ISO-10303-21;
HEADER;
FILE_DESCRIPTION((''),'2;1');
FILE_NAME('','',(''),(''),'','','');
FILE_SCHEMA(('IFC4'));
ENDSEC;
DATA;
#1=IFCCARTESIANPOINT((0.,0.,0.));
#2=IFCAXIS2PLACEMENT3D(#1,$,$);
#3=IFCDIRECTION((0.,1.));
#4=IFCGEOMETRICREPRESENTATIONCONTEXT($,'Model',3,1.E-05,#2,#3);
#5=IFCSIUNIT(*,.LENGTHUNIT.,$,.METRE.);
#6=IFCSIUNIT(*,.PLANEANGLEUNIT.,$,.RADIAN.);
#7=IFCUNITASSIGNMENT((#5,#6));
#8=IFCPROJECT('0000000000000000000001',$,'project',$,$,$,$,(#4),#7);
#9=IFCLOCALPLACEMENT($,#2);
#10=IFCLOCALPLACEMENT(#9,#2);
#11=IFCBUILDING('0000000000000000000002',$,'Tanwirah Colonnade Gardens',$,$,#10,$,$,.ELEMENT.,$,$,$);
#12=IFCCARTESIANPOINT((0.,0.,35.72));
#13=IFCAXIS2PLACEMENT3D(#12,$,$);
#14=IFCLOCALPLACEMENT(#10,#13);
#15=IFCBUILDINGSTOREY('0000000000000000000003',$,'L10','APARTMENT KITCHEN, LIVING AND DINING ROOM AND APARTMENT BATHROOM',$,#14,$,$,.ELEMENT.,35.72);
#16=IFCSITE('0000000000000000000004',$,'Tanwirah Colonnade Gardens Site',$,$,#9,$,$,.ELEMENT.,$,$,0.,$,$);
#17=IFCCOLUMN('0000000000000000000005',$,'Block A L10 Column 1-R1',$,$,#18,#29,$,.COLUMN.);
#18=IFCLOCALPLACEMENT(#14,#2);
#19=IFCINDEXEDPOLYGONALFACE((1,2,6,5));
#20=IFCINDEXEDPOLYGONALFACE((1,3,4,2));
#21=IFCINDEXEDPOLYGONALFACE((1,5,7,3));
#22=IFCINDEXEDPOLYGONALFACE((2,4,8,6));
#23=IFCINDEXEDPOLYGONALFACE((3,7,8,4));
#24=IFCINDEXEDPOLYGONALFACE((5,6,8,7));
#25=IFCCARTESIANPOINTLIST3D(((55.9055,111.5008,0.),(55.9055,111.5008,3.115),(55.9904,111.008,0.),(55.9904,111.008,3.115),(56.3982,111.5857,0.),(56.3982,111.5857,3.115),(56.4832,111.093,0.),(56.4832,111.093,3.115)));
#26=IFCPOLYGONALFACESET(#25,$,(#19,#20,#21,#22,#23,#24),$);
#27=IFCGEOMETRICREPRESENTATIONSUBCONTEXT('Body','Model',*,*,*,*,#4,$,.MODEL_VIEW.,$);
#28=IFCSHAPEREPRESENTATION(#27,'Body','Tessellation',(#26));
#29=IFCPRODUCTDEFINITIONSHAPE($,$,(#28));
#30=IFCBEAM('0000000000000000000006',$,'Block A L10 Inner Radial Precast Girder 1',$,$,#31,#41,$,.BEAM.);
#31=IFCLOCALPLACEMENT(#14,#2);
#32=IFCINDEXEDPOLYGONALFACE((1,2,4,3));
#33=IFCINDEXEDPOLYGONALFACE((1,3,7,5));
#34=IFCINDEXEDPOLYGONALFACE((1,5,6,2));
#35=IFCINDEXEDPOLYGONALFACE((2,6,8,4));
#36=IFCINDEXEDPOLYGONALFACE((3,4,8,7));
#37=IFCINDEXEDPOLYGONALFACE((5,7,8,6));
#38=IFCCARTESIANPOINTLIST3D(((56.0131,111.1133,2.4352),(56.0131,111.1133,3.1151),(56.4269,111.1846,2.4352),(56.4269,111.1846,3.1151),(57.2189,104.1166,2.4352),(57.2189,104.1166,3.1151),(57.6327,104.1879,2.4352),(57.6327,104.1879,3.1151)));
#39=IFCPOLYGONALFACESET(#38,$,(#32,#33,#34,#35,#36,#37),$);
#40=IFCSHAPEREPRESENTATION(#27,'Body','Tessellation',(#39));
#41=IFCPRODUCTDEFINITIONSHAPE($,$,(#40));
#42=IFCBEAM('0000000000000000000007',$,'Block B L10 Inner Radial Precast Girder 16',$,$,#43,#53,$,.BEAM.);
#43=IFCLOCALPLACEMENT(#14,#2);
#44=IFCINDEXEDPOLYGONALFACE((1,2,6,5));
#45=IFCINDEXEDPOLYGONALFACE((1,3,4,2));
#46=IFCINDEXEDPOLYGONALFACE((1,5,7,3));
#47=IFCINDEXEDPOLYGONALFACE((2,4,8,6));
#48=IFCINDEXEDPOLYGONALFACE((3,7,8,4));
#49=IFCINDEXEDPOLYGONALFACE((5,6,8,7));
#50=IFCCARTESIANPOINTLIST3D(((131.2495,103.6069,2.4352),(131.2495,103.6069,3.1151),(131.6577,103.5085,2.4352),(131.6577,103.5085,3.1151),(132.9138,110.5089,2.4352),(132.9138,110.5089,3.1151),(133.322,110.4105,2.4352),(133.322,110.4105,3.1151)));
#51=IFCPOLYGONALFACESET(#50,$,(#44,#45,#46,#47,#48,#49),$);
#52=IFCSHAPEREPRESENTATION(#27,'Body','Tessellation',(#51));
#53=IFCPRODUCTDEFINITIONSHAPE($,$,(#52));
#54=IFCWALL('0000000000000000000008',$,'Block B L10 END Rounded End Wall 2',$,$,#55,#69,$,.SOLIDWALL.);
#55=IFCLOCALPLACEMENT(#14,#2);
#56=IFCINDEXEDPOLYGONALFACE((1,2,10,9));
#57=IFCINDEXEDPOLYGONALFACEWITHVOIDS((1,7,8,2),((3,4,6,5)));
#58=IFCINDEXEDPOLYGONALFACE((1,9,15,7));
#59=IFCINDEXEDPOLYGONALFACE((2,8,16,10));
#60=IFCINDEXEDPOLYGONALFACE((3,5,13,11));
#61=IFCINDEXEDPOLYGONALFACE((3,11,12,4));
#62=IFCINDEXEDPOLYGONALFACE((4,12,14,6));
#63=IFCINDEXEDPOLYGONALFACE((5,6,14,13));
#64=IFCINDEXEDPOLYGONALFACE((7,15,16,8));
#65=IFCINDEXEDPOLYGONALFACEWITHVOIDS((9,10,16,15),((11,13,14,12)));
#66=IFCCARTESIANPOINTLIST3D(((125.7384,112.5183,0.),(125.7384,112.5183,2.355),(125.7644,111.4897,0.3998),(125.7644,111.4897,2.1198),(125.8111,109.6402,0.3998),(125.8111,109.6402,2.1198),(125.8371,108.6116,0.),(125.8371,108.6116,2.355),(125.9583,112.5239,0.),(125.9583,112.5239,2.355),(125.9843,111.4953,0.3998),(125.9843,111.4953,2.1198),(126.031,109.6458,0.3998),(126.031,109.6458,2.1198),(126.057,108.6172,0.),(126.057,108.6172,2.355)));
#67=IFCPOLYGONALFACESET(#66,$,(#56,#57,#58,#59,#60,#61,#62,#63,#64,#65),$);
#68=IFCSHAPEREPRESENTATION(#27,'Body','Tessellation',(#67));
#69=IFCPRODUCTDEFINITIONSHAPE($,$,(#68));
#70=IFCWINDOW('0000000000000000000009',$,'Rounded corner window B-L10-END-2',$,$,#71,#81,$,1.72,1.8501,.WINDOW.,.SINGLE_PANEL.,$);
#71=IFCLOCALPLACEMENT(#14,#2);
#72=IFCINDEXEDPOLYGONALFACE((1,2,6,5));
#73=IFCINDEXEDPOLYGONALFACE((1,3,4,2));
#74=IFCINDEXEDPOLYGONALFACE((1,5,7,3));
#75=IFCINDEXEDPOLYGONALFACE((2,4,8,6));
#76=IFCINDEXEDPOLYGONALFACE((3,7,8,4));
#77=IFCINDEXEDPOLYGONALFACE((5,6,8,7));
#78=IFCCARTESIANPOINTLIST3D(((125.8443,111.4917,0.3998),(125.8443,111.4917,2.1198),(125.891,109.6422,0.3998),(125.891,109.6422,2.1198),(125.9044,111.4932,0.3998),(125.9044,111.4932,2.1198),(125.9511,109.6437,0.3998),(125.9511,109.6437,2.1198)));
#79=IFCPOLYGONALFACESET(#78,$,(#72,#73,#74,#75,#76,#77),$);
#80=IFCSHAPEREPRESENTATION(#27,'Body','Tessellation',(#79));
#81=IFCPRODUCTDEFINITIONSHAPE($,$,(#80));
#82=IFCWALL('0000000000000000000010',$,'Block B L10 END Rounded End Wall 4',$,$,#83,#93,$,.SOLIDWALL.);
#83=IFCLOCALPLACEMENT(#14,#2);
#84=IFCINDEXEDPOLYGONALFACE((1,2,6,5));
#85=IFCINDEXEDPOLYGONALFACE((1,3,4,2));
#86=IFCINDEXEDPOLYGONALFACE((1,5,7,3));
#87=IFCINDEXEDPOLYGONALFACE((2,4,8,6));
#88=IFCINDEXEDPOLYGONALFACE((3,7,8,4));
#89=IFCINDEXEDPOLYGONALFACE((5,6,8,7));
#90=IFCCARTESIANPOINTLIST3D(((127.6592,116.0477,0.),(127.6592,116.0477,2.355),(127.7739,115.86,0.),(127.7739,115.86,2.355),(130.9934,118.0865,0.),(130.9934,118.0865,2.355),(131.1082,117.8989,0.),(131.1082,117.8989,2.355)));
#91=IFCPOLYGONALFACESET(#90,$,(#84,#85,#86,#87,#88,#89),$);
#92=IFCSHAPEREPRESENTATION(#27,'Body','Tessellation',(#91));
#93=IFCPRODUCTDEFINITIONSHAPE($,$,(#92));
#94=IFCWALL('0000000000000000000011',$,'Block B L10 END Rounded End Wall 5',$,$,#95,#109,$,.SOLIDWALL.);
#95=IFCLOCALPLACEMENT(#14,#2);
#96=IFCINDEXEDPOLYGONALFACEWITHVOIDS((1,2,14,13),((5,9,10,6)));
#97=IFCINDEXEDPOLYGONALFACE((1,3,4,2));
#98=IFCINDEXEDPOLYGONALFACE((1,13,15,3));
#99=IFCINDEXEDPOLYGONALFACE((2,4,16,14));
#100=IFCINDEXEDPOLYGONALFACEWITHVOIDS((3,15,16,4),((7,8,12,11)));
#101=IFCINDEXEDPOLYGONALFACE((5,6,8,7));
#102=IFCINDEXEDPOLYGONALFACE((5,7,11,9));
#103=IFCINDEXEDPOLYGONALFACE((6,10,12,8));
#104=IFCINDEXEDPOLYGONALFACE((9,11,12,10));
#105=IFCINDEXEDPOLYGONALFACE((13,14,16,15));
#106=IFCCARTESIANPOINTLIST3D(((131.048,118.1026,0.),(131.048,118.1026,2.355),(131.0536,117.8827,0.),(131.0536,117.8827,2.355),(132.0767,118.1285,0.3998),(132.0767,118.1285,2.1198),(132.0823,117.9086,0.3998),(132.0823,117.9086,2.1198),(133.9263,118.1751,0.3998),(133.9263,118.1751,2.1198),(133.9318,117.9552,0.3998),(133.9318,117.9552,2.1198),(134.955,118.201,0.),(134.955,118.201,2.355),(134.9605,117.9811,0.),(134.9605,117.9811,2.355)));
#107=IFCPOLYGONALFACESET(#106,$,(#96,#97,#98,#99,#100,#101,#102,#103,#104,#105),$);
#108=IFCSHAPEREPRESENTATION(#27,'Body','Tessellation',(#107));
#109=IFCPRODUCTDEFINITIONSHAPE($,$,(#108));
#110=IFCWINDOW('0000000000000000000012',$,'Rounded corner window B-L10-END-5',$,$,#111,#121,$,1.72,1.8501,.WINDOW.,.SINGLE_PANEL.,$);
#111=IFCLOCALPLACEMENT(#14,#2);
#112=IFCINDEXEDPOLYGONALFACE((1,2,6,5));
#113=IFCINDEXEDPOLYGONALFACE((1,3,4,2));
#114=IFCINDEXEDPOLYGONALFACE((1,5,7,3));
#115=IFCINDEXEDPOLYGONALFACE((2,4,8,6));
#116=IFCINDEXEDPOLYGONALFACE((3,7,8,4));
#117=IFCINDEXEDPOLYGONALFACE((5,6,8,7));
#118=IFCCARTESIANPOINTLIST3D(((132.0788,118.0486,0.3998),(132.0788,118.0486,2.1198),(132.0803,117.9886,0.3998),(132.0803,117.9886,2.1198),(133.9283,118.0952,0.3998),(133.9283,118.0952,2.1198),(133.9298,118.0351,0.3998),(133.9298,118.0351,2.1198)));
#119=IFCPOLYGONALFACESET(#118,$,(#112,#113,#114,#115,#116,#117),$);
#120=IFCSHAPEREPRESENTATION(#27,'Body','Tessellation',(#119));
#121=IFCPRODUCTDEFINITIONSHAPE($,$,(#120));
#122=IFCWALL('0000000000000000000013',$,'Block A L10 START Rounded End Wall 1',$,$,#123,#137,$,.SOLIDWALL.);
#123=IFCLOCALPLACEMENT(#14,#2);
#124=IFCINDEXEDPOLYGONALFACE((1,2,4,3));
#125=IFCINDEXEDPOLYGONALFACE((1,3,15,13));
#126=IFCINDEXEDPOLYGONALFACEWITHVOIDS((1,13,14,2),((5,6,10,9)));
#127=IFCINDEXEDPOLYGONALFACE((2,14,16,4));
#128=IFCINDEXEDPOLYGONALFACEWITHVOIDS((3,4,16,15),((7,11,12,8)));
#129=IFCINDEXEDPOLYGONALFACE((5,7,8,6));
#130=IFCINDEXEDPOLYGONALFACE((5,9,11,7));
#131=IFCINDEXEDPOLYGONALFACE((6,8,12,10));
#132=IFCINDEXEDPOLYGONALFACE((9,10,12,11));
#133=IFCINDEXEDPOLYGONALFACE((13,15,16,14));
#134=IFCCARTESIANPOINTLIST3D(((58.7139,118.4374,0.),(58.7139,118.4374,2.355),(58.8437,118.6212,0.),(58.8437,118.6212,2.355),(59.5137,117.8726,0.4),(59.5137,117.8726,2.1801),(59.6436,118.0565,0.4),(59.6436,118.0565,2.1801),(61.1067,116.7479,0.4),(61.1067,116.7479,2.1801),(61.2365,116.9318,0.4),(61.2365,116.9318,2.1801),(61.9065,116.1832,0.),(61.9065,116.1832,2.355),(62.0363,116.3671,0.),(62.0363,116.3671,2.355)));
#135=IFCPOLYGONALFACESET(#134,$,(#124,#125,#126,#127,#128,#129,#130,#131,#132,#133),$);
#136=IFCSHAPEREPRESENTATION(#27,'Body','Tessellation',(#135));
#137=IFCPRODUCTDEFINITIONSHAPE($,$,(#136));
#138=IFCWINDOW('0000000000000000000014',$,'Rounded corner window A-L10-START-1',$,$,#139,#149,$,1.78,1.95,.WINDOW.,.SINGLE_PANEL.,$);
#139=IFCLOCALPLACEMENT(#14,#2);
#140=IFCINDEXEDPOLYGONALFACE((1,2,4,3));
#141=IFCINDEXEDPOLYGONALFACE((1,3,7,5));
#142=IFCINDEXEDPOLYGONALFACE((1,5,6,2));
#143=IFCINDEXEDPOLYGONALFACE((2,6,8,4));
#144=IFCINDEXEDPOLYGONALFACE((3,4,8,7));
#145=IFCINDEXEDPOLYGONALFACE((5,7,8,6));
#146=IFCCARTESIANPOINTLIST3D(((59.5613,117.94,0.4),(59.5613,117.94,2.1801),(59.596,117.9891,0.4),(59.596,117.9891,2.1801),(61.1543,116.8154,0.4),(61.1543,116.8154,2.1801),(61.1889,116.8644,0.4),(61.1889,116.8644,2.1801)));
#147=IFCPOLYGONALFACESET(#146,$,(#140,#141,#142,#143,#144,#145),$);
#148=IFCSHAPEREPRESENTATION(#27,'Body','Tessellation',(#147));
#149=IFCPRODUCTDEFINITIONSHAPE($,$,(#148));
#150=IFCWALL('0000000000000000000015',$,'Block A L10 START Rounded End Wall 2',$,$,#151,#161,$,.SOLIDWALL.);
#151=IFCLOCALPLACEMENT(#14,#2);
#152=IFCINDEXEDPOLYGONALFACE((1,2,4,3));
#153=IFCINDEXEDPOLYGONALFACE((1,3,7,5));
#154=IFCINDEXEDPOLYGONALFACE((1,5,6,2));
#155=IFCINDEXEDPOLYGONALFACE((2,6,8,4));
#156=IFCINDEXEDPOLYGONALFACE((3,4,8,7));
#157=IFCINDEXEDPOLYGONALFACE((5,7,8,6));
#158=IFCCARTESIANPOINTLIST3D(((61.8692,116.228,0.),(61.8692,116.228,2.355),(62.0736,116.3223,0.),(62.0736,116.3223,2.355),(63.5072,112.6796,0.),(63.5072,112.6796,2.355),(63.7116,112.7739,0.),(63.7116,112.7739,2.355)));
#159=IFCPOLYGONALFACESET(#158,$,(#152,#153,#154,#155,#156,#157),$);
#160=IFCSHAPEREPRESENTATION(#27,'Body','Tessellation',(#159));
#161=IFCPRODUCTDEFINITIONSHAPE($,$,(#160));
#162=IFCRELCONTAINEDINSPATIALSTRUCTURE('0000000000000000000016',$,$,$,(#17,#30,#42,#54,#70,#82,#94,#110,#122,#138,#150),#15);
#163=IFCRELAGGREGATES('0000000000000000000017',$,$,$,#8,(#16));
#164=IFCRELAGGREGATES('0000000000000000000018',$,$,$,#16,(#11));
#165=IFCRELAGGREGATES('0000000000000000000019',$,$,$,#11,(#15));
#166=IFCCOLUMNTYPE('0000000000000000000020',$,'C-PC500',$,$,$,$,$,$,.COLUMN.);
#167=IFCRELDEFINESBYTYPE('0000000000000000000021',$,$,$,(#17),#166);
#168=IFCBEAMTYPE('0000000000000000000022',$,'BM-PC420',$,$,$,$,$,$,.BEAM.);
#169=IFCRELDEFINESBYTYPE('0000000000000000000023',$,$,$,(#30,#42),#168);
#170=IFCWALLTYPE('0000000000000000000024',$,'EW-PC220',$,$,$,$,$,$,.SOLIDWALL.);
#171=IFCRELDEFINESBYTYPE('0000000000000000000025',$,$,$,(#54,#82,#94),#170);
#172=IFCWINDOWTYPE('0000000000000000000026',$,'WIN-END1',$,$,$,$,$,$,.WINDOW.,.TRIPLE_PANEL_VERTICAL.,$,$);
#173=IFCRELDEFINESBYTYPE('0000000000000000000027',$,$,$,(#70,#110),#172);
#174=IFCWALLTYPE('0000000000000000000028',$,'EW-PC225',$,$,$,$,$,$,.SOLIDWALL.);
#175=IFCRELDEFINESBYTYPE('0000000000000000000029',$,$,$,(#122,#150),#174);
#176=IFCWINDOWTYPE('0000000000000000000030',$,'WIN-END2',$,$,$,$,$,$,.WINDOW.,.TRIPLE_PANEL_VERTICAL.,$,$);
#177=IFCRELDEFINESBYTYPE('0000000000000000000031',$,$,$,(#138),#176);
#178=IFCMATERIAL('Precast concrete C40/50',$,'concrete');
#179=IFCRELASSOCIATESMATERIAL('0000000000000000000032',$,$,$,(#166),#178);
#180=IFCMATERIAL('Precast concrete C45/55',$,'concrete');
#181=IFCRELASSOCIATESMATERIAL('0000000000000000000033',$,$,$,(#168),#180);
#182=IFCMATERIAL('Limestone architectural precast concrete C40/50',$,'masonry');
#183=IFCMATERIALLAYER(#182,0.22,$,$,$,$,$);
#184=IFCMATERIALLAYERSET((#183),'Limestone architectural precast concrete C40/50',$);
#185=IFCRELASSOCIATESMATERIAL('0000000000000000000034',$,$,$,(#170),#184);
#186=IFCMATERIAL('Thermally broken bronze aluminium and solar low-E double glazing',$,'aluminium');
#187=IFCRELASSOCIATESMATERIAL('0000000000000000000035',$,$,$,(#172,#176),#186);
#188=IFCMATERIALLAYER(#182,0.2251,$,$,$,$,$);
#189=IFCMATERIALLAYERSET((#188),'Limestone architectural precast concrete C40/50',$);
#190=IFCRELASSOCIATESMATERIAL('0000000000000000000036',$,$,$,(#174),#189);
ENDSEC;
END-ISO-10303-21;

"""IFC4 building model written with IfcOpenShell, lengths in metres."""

from ifc_helpers import new_model, si_unit, direction, frame, frame_2d, origin, origin_2d, place, context, subcontext, project, spatial, rectangle, extrude, material, layer, layer_set, material_profile, profile_set, type_object, element, fill, save


model = new_model("IFC4")

# Units and contexts
model_context = context("Model", 3, precision=1e-05, world=origin(), true_north=direction((0.0, 1.0)))
body_context = subcontext(model_context, "Body", "Model", "MODEL_VIEW")
ifc_project = project(units=[si_unit("LENGTHUNIT", "METRE"), si_unit("PLANEANGLEUNIT", "RADIAN")], contexts=[model_context])

# Site, building, storey
site_placement = place(None, origin())
site = spatial("IfcSite", under=ifc_project, at=site_placement, Name="Tanwirah Colonnade Gardens Site", CompositionType="ELEMENT", RefElevation=0.0)
building_placement = place(site_placement, origin())
building = spatial("IfcBuilding", under=site, at=building_placement, Name="Tanwirah Colonnade Gardens", CompositionType="ELEMENT")
storey_placement = place(building_placement, frame((0.0, 0.0, 35.72)))
storey = spatial("IfcBuildingStorey", under=building, at=storey_placement, Name="L10", Description="APARTMENT KITCHEN, LIVING AND DINING ROOM AND APARTMENT BATHROOM", CompositionType="ELEMENT", Elevation=35.72)

# Column
ifc_material_1 = material(Name="Precast concrete C40/50", Category="concrete")
ifc_material_profile_1 = material_profile(ifc_material_1, rectangle(XDim=0.5, YDim=0.5, at=origin_2d()), Name="PC-COL 500x500")
ifc_profile_set_1 = profile_set([ifc_material_profile_1], Name="Precast concrete C40/50")
column_type = type_object("IfcColumnType", Name="C-PC500", PredefinedType="COLUMN", material=ifc_profile_set_1)
column_placement = place(storey_placement, frame((56.1943, 111.2969, 0.0), z_axis=(0.0, 0.0, 1.0), x_axis=(-0.169827, 0.985474, 0.0)))
element("IfcColumn", 1, at=column_placement, inside=storey, type_object=column_type, Name="Block A L10 Column 1-R1", PredefinedType="COLUMN", context=body_context, shape_type="SweptSolid", body=[
    extrude(rectangle(XDim=0.5, YDim=0.5, at=origin_2d()), origin(), (0.0, 0.0, 1.0), 3.115),
])

# Beams
ifc_material_2 = material(Name="Precast concrete C45/55", Category="concrete")
ifc_material_profile_2 = material_profile(ifc_material_2, rectangle(XDim=0.4199, YDim=0.6799, at=origin_2d()), Name="PC-BM 420x680")
ifc_profile_set_2 = profile_set([ifc_material_profile_2], Name="Precast concrete C45/55")
beam_type = type_object("IfcBeamType", Name="BM-PC420", PredefinedType="BEAM", material=ifc_profile_set_2)
for number, where, z_axis, x_axis, name in (
    (2, (56.22, 111.1489, 2.7751), (0.169833, -0.985473, 0.0), (0.985473, 0.169833, 0.0), "Block A L10 Inner Radial Precast Girder 1"),
    (3, (133.1179, 110.4597, 2.7751), (-0.234412, -0.972137, 0.0), (0.972137, -0.234412, 0.0), "Block B L10 Inner Radial Precast Girder 16"),
):
    element("IfcBeam", number, at=place(storey_placement, frame(where, z_axis=z_axis, x_axis=x_axis)), inside=storey, type_object=beam_type, Name=name, PredefinedType="BEAM", context=body_context, shape_type="SweptSolid", body=[
        extrude(rectangle(XDim=0.4199, YDim=0.6799, at=origin_2d()), origin(), (0.0, 0.0, 1.0), 7.0999),
    ])

# Wall, opening, window
ifc_material_3 = material(Name="Limestone architectural precast concrete C40/50", Category="masonry")
ifc_layer_1 = layer(ifc_material_3, 0.22)
ifc_layer_set_1 = layer_set([ifc_layer_1], Name="Limestone architectural precast concrete C40/50")
wall_type_1 = type_object("IfcWallType", Name="EW-PC220", PredefinedType="SOLIDWALL", material=ifc_layer_set_1)
wall_1_placement = place(storey_placement, frame((125.947, 108.6143, 0.0), z_axis=(0.0, 0.0, 1.0), x_axis=(-0.025239, 0.999681, 0.0)))
wall_1 = element("IfcWall", 4, at=wall_1_placement, inside=storey, type_object=wall_type_1, Name="Block B L10 END Rounded End Wall 2", PredefinedType="SOLIDWALL", context=body_context, shape_type="SweptSolid", body=[
    extrude(rectangle(XDim=3.908, YDim=0.22, at=frame_2d((1.9541, 0.0))), origin(), (0.0, 0.0, 1.0), 2.355),
])
opening_1_placement = place(wall_1_placement, frame((1.0291, 0.0, 0.3999)))
opening_1 = element("IfcOpeningElement", 5, at=opening_1_placement, cuts=wall_1, PredefinedType="OPENING", context=body_context, shape_type="SweptSolid", body=[
    extrude(rectangle(XDim=1.8501, YDim=1.72, at=frame_2d((0.925, 0.8599))), frame((0.0, 0.1199, 0.0), z_axis=(0.0, -1.0, 0.0), x_axis=(1.0, 0.0, 0.0)), (0.0, 0.0, 1.0), 0.24),
])
ifc_material_4 = material(Name="Thermally broken bronze aluminium and solar low-E double glazing", Category="aluminium")
window_type_1 = type_object("IfcWindowType", Name="WIN-END1", PartitioningType="TRIPLE_PANEL_VERTICAL", PredefinedType="WINDOW", material=ifc_material_4)
window_1_placement = place(opening_1_placement, origin())
window_1 = element("IfcWindow", 6, at=window_1_placement, inside=storey, type_object=window_type_1, Name="Rounded corner window B-L10-END-2", OverallHeight=1.72, OverallWidth=1.8501, PartitioningType="SINGLE_PANEL", PredefinedType="WINDOW", context=body_context, shape_type="SweptSolid", body=[
    extrude(rectangle(XDim=1.8501, YDim=1.72, at=frame_2d((0.925, 0.8599))), frame((0.0, 0.03, 0.0), z_axis=(0.0, -1.0, 0.0), x_axis=(1.0, 0.0, 0.0)), (0.0, 0.0, 1.0), 0.0601),
])
fill(opening_1, window_1)

# Wall
wall_2_placement = place(storey_placement, frame((127.7166, 115.9539, 0.0), z_axis=(0.0, 0.0, 1.0), x_axis=(0.853141, 0.52168, 0.0)))
element("IfcWall", 7, at=wall_2_placement, inside=storey, type_object=wall_type_1, Name="Block B L10 END Rounded End Wall 4", PredefinedType="SOLIDWALL", context=body_context, shape_type="SweptSolid", body=[
    extrude(rectangle(XDim=3.9082, YDim=0.22, at=frame_2d((1.9541, 0.0))), origin(), (0.0, 0.0, 1.0), 2.355),
])

# Walls, openings, windows
wall_3_placement = place(storey_placement, frame((131.0508, 117.9927, 0.0), z_axis=(0.0, 0.0, 1.0), x_axis=(0.999683, 0.025175, 0.0)))
wall_3 = element("IfcWall", 8, at=wall_3_placement, inside=storey, type_object=wall_type_1, Name="Block B L10 END Rounded End Wall 5", PredefinedType="SOLIDWALL", context=body_context, shape_type="SweptSolid", body=[
    extrude(rectangle(XDim=3.9082, YDim=0.22, at=frame_2d((1.9541, 0.0))), origin(), (0.0, 0.0, 1.0), 2.355),
])
opening_2_placement = place(wall_3_placement, frame((1.0291, 0.0, 0.3999)))
opening_2 = element("IfcOpeningElement", 9, at=opening_2_placement, cuts=wall_3, PredefinedType="OPENING", context=body_context, shape_type="SweptSolid", body=[
    extrude(rectangle(XDim=1.8501, YDim=1.72, at=frame_2d((0.925, 0.8599))), frame((0.0, 0.1199, 0.0), z_axis=(0.0, -1.0, 0.0), x_axis=(1.0, 0.0, 0.0)), (0.0, 0.0, 1.0), 0.24),
])
window_2_placement = place(opening_2_placement, origin())
window_2 = element("IfcWindow", 10, at=window_2_placement, inside=storey, type_object=window_type_1, Name="Rounded corner window B-L10-END-5", OverallHeight=1.72, OverallWidth=1.8501, PartitioningType="SINGLE_PANEL", PredefinedType="WINDOW", context=body_context, shape_type="SweptSolid", body=[
    extrude(rectangle(XDim=1.8501, YDim=1.72, at=frame_2d((0.925, 0.8599))), frame((0.0, 0.03, 0.0), z_axis=(0.0, -1.0, 0.0), x_axis=(1.0, 0.0, 0.0)), (0.0, 0.0, 1.0), 0.0601),
])
fill(opening_2, window_2)
ifc_layer_2 = layer(ifc_material_3, 0.2251)
ifc_layer_set_2 = layer_set([ifc_layer_2], Name="Limestone architectural precast concrete C40/50")
wall_type_2 = type_object("IfcWallType", Name="EW-PC225", PredefinedType="SOLIDWALL", material=ifc_layer_set_2)
wall_4_placement = place(storey_placement, frame((58.7788, 118.5293, 0.0), z_axis=(0.0, 0.0, 1.0), x_axis=(0.816904, -0.576774, 0.0)))
wall_4 = element("IfcWall", 11, at=wall_4_placement, inside=storey, type_object=wall_type_2, Name="Block A L10 START Rounded End Wall 1", PredefinedType="SOLIDWALL", context=body_context, shape_type="SweptSolid", body=[
    extrude(rectangle(XDim=3.9082, YDim=0.2251, at=frame_2d((1.9541, 0.0))), origin(), (0.0, 0.0, 1.0), 2.355),
])
opening_3_placement = place(wall_4_placement, frame((0.979, 0.0, 0.3999)))
opening_3 = element("IfcOpeningElement", 12, at=opening_3_placement, cuts=wall_4, PredefinedType="OPENING", context=body_context, shape_type="SweptSolid", body=[
    extrude(rectangle(XDim=1.95, YDim=1.78, at=frame_2d((0.9751, 0.8901))), frame((0.0, 0.1226, 0.0), z_axis=(0.0, -1.0, 0.0), x_axis=(1.0, 0.0, 0.0)), (0.0, 0.0, 1.0), 0.2451),
])
window_type_2 = type_object("IfcWindowType", Name="WIN-END2", PartitioningType="TRIPLE_PANEL_VERTICAL", PredefinedType="WINDOW", material=ifc_material_4)
window_3_placement = place(opening_3_placement, origin())
window_3 = element("IfcWindow", 13, at=window_3_placement, inside=storey, type_object=window_type_2, Name="Rounded corner window A-L10-START-1", OverallHeight=1.78, OverallWidth=1.95, PartitioningType="SINGLE_PANEL", PredefinedType="WINDOW", context=body_context, shape_type="SweptSolid", body=[
    extrude(rectangle(XDim=1.95, YDim=1.78, at=frame_2d((0.9751, 0.8901))), frame((0.0, 0.03, 0.0), z_axis=(0.0, -1.0, 0.0), x_axis=(1.0, 0.0, 0.0)), (0.0, 0.0, 1.0), 0.0601),
])
fill(opening_3, window_3)

# Wall
wall_5_placement = place(storey_placement, frame((61.9714, 116.2751, 0.0), z_axis=(0.0, 0.0, 1.0), x_axis=(0.41911, -0.907936, 0.0)))
element("IfcWall", 14, at=wall_5_placement, inside=storey, type_object=wall_type_2, Name="Block A L10 START Rounded End Wall 2", PredefinedType="SOLIDWALL", context=body_context, shape_type="SweptSolid", body=[
    extrude(rectangle(XDim=3.9082, YDim=0.2251, at=frame_2d((1.9541, 0.0))), origin(), (0.0, 0.0, 1.0), 2.355),
])

save(model, "model.ifc")
